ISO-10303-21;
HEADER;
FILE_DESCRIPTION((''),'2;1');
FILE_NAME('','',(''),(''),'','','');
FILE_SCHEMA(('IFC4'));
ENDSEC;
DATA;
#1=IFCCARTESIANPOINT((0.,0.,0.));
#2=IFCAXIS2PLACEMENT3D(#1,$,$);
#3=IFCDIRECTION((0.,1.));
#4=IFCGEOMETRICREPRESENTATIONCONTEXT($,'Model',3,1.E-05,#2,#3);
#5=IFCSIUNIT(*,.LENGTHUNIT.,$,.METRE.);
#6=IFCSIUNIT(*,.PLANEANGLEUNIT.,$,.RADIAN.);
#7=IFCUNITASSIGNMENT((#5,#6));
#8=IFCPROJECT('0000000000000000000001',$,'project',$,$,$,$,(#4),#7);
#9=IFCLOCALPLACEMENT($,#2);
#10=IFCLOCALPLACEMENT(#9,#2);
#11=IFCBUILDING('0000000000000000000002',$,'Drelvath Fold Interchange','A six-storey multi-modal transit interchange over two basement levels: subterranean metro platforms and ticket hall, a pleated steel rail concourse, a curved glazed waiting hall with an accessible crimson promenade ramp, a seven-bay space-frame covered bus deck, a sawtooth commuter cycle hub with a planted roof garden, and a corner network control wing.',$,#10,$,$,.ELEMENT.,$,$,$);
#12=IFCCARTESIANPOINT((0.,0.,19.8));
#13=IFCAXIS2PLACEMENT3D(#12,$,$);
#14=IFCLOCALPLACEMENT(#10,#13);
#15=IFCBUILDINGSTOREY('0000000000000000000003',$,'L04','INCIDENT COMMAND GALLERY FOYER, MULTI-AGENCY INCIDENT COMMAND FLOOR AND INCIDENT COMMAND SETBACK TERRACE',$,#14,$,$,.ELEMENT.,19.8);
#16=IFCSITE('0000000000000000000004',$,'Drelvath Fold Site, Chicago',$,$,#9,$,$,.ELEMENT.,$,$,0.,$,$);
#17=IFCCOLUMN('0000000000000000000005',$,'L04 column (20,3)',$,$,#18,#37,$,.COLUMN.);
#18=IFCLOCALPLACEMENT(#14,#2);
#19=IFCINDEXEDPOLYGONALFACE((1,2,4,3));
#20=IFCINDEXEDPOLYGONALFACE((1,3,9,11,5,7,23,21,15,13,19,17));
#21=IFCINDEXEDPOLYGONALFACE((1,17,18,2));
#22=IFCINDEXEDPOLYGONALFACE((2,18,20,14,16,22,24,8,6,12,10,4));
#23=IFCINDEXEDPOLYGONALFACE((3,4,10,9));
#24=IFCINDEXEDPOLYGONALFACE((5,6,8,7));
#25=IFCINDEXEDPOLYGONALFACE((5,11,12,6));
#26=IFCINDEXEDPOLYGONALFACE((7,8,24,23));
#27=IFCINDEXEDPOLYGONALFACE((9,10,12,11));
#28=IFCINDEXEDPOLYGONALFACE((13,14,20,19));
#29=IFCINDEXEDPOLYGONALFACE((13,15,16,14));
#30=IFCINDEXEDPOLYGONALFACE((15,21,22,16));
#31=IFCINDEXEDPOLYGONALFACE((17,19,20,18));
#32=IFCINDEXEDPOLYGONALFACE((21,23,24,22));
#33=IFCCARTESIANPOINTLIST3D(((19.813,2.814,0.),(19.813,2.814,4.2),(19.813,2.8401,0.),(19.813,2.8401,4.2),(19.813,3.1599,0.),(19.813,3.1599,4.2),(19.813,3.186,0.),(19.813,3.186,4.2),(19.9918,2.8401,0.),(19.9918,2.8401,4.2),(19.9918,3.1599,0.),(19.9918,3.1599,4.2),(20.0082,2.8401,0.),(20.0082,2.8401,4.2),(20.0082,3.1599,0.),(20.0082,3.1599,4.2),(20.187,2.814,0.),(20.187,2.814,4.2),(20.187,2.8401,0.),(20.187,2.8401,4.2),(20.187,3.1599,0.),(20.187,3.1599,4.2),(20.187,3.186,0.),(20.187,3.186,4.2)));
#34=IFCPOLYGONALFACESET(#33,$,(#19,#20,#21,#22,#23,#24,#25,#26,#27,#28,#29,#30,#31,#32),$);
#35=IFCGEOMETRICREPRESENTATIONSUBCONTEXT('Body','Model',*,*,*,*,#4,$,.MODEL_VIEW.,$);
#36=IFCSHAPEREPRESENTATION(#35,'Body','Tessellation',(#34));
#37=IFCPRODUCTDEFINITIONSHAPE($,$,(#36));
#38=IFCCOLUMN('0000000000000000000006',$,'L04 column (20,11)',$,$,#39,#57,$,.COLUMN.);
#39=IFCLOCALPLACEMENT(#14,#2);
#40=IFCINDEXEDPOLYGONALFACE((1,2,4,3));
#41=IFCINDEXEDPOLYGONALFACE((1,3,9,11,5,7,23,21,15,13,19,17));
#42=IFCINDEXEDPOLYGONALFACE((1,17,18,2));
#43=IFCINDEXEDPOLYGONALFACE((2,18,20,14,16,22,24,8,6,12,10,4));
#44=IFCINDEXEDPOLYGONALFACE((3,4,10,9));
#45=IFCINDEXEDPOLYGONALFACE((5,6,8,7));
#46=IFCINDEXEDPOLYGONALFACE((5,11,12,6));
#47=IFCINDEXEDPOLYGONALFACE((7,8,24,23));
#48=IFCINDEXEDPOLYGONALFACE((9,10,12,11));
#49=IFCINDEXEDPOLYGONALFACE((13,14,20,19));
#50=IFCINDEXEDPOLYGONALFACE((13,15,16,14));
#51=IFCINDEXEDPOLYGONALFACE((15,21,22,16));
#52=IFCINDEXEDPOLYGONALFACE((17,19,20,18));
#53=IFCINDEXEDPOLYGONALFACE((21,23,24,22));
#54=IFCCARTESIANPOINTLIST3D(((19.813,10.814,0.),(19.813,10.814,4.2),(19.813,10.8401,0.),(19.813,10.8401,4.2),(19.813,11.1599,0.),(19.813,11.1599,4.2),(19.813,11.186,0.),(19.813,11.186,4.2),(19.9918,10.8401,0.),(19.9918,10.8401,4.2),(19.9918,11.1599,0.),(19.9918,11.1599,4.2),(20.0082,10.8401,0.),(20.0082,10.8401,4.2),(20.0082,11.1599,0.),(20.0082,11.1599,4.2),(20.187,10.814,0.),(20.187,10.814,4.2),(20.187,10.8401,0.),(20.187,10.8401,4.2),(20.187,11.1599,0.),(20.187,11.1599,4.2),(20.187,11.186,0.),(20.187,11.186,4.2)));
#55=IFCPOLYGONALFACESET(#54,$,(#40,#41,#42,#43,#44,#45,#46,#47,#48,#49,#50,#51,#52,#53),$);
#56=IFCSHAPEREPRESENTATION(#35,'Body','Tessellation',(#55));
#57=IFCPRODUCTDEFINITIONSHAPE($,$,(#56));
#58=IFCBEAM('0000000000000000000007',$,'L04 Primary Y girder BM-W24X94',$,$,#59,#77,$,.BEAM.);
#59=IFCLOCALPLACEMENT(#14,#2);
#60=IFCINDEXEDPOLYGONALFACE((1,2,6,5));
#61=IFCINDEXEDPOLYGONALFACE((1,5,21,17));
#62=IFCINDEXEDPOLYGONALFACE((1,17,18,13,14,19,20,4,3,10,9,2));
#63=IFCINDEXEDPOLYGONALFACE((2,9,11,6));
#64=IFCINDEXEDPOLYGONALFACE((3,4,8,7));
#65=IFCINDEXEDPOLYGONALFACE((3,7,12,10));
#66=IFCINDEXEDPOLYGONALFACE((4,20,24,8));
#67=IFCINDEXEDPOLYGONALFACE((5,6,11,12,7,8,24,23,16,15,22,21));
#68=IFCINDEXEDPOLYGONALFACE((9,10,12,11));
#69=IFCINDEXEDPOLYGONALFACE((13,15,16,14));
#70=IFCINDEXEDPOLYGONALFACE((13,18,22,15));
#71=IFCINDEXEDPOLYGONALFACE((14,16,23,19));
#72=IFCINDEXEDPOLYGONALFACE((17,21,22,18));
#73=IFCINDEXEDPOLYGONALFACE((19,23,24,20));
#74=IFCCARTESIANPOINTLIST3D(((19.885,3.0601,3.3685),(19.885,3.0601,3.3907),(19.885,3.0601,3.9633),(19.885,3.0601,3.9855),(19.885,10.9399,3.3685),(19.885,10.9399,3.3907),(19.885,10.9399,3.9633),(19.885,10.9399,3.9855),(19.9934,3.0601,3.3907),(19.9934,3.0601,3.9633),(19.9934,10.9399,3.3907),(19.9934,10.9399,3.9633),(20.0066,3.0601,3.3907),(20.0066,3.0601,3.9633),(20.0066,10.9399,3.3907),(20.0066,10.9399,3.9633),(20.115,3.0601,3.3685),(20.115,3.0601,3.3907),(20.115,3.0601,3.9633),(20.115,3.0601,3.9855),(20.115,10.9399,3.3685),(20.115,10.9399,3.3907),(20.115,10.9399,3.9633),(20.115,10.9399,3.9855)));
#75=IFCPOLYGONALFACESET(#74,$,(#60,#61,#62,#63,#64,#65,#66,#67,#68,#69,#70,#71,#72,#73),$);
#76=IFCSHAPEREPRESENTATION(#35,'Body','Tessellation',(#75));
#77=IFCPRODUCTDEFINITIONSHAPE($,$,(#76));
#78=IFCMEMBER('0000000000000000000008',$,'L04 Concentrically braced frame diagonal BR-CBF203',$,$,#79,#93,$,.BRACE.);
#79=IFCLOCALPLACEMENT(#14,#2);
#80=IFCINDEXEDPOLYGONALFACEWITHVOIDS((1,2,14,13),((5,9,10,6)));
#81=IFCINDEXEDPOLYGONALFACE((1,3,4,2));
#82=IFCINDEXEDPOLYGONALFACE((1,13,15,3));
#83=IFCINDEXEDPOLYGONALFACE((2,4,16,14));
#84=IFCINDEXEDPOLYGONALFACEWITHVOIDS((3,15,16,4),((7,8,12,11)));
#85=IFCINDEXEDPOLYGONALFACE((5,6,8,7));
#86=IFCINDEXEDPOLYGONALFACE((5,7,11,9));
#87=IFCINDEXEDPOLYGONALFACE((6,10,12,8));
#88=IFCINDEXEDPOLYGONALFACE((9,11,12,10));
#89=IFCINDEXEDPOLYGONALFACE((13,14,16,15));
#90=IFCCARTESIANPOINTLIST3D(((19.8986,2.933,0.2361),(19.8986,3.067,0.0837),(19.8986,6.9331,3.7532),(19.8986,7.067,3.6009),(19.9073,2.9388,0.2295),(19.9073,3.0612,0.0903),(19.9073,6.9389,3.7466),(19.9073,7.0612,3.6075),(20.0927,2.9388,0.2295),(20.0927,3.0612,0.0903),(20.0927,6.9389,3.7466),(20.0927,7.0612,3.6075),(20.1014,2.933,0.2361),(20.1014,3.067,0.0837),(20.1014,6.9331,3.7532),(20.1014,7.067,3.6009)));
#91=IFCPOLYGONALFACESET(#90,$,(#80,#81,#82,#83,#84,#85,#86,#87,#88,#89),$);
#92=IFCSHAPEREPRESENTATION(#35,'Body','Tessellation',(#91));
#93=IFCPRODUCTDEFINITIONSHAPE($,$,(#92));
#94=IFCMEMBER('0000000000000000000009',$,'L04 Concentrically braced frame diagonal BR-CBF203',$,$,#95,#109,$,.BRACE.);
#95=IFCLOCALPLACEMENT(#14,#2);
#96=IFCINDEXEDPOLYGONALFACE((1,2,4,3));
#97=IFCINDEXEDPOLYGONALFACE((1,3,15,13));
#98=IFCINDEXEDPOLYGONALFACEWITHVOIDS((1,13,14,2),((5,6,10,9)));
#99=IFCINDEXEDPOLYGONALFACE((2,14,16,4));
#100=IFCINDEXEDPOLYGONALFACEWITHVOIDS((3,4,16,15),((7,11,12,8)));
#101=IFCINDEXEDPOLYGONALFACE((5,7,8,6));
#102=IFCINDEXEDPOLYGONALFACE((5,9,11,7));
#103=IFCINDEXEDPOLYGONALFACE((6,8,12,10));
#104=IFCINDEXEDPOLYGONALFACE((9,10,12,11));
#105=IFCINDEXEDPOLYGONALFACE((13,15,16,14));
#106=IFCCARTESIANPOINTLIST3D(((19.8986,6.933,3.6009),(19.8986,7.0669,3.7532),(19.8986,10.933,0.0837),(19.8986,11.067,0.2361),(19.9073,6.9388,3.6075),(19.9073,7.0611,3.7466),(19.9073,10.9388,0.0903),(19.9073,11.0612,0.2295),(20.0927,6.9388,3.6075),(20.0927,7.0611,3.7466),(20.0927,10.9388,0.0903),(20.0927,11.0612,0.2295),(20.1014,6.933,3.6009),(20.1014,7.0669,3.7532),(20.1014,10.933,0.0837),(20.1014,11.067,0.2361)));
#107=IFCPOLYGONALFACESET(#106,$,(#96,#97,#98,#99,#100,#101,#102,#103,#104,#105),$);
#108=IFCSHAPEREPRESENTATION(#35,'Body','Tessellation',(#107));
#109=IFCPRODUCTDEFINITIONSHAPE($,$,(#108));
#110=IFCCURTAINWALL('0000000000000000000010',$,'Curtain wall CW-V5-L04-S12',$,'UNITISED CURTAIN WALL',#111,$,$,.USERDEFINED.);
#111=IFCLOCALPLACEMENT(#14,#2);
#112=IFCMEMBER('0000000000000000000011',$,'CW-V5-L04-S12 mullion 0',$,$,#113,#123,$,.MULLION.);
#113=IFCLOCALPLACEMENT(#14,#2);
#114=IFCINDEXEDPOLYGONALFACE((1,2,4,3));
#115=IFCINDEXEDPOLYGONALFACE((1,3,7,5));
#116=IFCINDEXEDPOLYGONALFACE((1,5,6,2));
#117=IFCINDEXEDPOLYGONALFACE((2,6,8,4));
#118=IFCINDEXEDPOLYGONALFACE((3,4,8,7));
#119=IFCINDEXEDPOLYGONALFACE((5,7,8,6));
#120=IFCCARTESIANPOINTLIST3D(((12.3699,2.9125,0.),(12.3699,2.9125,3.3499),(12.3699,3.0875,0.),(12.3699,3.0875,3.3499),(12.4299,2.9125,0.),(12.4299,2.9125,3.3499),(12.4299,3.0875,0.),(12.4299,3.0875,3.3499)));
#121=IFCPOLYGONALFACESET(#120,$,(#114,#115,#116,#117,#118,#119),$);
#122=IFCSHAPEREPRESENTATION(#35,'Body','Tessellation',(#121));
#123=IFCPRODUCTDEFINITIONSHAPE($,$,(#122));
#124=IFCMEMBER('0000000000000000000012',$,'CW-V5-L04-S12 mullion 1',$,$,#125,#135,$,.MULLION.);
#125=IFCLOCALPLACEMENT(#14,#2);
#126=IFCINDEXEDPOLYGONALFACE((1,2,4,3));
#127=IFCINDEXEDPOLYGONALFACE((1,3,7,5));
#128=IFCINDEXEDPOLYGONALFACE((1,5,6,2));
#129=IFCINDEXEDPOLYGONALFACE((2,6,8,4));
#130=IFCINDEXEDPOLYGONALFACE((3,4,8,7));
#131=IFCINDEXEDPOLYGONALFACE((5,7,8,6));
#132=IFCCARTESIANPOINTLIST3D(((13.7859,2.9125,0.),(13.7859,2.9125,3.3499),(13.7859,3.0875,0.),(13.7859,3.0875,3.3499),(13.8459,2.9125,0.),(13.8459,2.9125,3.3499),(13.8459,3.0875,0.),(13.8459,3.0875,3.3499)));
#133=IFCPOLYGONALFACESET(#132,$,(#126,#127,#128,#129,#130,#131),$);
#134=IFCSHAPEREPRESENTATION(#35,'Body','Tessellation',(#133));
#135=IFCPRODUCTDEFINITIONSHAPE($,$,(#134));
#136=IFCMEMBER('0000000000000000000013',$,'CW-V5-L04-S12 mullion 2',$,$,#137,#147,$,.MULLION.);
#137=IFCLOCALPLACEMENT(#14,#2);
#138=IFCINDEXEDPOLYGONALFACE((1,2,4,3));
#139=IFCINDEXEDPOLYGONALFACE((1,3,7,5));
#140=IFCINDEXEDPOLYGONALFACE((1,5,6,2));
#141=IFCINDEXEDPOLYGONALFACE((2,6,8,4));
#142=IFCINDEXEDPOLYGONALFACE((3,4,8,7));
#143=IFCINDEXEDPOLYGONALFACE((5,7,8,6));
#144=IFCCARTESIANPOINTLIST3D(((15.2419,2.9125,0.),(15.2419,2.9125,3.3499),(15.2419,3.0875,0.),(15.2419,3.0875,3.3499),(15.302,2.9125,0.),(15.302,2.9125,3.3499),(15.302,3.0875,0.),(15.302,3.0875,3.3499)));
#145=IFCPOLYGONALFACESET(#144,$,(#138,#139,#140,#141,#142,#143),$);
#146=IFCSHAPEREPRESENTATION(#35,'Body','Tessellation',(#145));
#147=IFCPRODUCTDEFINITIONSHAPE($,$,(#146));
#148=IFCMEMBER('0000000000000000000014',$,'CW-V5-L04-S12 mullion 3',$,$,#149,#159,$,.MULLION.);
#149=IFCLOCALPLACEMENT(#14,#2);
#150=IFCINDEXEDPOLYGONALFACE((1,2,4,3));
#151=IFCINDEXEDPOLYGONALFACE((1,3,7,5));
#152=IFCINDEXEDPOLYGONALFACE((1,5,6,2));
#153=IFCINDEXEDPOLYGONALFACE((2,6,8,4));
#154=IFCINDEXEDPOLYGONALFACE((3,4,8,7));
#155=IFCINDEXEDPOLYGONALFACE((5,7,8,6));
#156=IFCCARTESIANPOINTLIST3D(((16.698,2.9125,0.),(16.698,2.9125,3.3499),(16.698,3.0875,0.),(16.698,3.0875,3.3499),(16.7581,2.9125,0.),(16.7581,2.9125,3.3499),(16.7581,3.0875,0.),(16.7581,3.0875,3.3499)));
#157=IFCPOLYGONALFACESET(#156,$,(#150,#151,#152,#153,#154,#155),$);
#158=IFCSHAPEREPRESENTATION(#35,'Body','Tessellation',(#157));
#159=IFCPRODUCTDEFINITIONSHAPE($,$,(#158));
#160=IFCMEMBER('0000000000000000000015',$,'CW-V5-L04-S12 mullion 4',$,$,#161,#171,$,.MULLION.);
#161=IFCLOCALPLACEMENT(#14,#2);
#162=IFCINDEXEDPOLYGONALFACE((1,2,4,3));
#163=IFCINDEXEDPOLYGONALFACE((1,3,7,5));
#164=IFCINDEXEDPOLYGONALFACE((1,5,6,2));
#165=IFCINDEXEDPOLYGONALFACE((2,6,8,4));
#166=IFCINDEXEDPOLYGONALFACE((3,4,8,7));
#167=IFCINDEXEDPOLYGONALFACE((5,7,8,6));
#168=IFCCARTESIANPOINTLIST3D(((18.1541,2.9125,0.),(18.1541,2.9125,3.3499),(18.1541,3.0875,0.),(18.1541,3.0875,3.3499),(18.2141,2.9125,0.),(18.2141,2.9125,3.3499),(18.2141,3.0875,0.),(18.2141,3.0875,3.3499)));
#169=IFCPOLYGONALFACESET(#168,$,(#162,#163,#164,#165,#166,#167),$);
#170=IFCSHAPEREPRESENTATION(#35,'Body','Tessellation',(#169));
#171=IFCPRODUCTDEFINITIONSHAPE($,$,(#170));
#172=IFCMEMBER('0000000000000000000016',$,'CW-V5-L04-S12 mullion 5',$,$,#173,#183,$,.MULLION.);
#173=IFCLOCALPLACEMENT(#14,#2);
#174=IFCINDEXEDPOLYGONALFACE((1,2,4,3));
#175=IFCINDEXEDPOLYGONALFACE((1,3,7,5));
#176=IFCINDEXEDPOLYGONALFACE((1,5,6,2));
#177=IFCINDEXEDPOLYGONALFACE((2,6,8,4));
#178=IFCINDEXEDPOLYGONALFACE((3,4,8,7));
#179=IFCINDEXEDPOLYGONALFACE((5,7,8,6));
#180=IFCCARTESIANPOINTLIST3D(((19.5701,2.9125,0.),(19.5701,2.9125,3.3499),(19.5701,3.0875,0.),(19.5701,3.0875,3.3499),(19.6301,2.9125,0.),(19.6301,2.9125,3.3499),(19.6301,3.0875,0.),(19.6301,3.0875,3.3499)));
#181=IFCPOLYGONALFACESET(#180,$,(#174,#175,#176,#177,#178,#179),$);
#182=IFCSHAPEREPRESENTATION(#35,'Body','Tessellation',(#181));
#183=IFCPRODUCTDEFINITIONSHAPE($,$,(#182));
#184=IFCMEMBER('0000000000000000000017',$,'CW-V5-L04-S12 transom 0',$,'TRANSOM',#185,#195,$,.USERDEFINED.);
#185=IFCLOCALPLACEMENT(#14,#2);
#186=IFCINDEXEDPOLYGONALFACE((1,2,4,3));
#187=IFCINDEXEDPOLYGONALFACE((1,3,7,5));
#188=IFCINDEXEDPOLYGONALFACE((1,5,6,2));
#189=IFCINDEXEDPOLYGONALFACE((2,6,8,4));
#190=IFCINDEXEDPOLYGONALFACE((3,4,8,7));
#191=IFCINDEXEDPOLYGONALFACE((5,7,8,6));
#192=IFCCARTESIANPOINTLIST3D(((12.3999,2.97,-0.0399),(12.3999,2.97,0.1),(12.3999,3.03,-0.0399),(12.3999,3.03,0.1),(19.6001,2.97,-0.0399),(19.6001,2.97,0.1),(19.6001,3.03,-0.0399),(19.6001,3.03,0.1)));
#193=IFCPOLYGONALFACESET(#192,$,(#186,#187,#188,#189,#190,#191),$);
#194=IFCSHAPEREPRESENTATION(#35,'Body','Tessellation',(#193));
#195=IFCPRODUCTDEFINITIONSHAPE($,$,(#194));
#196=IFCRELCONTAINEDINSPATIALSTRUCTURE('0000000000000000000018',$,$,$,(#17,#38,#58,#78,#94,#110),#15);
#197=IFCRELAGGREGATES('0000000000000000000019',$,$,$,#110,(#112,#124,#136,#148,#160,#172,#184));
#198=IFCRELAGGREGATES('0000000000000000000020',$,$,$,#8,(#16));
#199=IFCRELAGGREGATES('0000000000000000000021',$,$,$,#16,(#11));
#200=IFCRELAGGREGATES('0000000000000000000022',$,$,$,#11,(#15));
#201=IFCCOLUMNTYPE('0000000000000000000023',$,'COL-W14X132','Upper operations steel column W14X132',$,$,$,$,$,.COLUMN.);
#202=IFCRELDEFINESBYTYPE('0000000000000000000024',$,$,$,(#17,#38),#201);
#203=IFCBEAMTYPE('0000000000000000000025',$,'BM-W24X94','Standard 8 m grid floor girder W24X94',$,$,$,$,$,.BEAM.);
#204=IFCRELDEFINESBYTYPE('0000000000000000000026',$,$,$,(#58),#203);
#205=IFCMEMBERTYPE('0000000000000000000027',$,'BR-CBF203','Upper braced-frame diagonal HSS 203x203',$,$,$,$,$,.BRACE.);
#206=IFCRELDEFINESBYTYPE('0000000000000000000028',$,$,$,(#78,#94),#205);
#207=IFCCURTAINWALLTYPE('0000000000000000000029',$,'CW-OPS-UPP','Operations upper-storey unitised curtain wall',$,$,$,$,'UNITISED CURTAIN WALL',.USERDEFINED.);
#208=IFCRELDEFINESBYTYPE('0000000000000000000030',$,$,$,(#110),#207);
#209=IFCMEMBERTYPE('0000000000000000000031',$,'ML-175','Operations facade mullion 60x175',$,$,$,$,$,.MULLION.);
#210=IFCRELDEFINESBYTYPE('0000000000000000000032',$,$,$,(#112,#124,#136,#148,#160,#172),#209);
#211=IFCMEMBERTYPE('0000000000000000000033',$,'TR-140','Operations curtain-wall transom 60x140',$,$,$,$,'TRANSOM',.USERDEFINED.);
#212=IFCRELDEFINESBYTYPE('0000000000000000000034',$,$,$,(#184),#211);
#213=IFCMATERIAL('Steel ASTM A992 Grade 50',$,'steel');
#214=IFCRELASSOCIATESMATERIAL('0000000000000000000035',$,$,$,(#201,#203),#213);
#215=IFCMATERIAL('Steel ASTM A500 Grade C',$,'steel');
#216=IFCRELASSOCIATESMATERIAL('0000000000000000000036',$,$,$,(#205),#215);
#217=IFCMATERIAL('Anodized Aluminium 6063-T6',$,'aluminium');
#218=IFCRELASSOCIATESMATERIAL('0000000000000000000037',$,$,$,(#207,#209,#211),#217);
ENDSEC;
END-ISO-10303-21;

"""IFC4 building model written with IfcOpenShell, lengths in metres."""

from ifc_helpers import new_model, si_unit, direction, frame, origin, origin_2d, place, context, subcontext, project, spatial, rectangle, hollow_rectangle, i_section, extrude, material, material_profile, profile_set, type_object, element, aggregate, save


model = new_model("IFC4")

# Units and contexts
model_context = context("Model", 3, precision=1e-05, world=origin(), true_north=direction((0.0, 1.0)))
body_context = subcontext(model_context, "Body", "Model", "MODEL_VIEW")
ifc_project = project(units=[si_unit("LENGTHUNIT", "METRE"), si_unit("PLANEANGLEUNIT", "RADIAN")], contexts=[model_context])

# Site, building, storey
site_placement = place(None, origin())
site = spatial("IfcSite", under=ifc_project, at=site_placement, Name="Drelvath Fold Site, Chicago", CompositionType="ELEMENT", RefElevation=0.0)
building_placement = place(site_placement, origin())
building = spatial("IfcBuilding", under=site, at=building_placement, Name="Drelvath Fold Interchange", Description="A six-storey multi-modal transit interchange over two basement levels: subterranean metro platforms and ticket hall, a pleated steel rail concourse, a curved glazed waiting hall with an accessible crimson promenade ramp, a seven-bay space-frame covered bus deck, a sawtooth commuter cycle hub with a planted roof garden, and a corner network control wing.", CompositionType="ELEMENT")
storey_placement = place(building_placement, frame((0.0, 0.0, 19.8)))
storey = spatial("IfcBuildingStorey", under=building, at=storey_placement, Name="L04", Description="INCIDENT COMMAND GALLERY FOYER, MULTI-AGENCY INCIDENT COMMAND FLOOR AND INCIDENT COMMAND SETBACK TERRACE", CompositionType="ELEMENT", Elevation=19.8)

# Columns
ifc_material_1 = material(Name="Steel ASTM A992 Grade 50", Category="steel")
ifc_material_profile_1 = material_profile(ifc_material_1, i_section(OverallWidth=0.374, OverallDepth=0.3721, WebThickness=0.0164, FlangeThickness=0.0261, at=origin_2d()), Name="W14X132")
ifc_profile_set_1 = profile_set([ifc_material_profile_1], Name="Steel ASTM A992 Grade 50")
column_type = type_object("IfcColumnType", Name="COL-W14X132", Description="Upper operations steel column W14X132", PredefinedType="COLUMN", material=ifc_profile_set_1)
for number, where, z_axis, x_axis, name in (
    (1, (20.0, 3.0, 0.0), (0.0, 0.0, 1.0), (1.0, 0.0, 0.0), "L04 column (20,3)"),
    (2, (20.0, 11.0, 0.0), (0.0, 0.0, 1.0), (1.0, 0.0, 0.0), "L04 column (20,11)"),
):
    element("IfcColumn", number, at=place(storey_placement, frame(where, z_axis=z_axis, x_axis=x_axis)), inside=storey, type_object=column_type, Name=name, PredefinedType="COLUMN", context=body_context, shape_type="SweptSolid", body=[
        extrude(i_section(OverallWidth=0.374, OverallDepth=0.3721, WebThickness=0.0164, FlangeThickness=0.0261, at=origin_2d()), origin(), (0.0, 0.0, 1.0), 4.2),
    ])

# Beam
ifc_material_profile_2 = material_profile(ifc_material_1, i_section(OverallWidth=0.23, OverallDepth=0.6169, WebThickness=0.0132, FlangeThickness=0.0222, at=origin_2d()), Name="W24X94")
ifc_profile_set_2 = profile_set([ifc_material_profile_2], Name="Steel ASTM A992 Grade 50")
beam_type = type_object("IfcBeamType", Name="BM-W24X94", Description="Standard 8 m grid floor girder W24X94", PredefinedType="BEAM", material=ifc_profile_set_2)
beam_placement = place(storey_placement, frame((20.0, 3.0601, 3.677), z_axis=(0.0, 1.0, 0.0), x_axis=(-1.0, 0.0, 0.0)))
element("IfcBeam", 3, at=beam_placement, inside=storey, type_object=beam_type, Name="L04 Primary Y girder BM-W24X94", PredefinedType="BEAM", context=body_context, shape_type="SweptSolid", body=[
    extrude(i_section(OverallWidth=0.23, OverallDepth=0.6169, WebThickness=0.0132, FlangeThickness=0.0222, at=origin_2d()), origin(), (0.0, 0.0, 1.0), 7.8799),
])

# Members
ifc_material_2 = material(Name="Steel ASTM A500 Grade C", Category="steel")
ifc_material_profile_3 = material_profile(ifc_material_2, hollow_rectangle(XDim=0.2029, YDim=0.2029, WallThickness=0.0088, at=origin_2d()), Name="HSS8X8X3/8")
ifc_profile_set_3 = profile_set([ifc_material_profile_3], Name="Steel ASTM A500 Grade C")
member_type_1 = type_object("IfcMemberType", Name="BR-CBF203", Description="Upper braced-frame diagonal HSS 203x203", PredefinedType="BRACE", material=ifc_profile_set_3)
for number, where, z_axis, x_axis, name in (
    (4, (20.0, 3.0, 0.1599), (0.0, 0.750984, 0.66032), (-1.0, 0.0, 0.0), "L04 Concentrically braced frame diagonal BR-CBF203"),
    (5, (20.0, 11.0, 0.1599), (0.0, -0.750984, 0.66032), (1.0, 0.0, 0.0), "L04 Concentrically braced frame diagonal BR-CBF203"),
):
    element("IfcMember", number, at=place(storey_placement, frame(where, z_axis=z_axis, x_axis=x_axis)), inside=storey, type_object=member_type_1, Name=name, PredefinedType="BRACE", context=body_context, shape_type="SweptSolid", body=[
        extrude(hollow_rectangle(XDim=0.2029, YDim=0.2029, WallThickness=0.0088, at=origin_2d()), origin(), (0.0, 0.0, 1.0), 5.3264),
    ])

# Curtain wall, members
ifc_material_3 = material(Name="Anodized Aluminium 6063-T6", Category="aluminium")
curtain_wall_type = type_object("IfcCurtainWallType", Name="CW-OPS-UPP", Description="Operations upper-storey unitised curtain wall", ElementType="UNITISED CURTAIN WALL", PredefinedType="USERDEFINED", material=ifc_material_3)
curtain_wall_placement = place(storey_placement, origin())
curtain_wall = element("IfcCurtainWall", 6, at=curtain_wall_placement, inside=storey, type_object=curtain_wall_type, Name="Curtain wall CW-V5-L04-S12", ObjectType="UNITISED CURTAIN WALL", PredefinedType="USERDEFINED")
ifc_material_profile_4 = material_profile(ifc_material_3, rectangle(XDim=0.0601, YDim=0.175, at=origin_2d()), Name="AL-M 60x175")
ifc_profile_set_4 = profile_set([ifc_material_profile_4], Name="Anodized Aluminium 6063-T6")
member_type_2 = type_object("IfcMemberType", Name="ML-175", Description="Operations facade mullion 60x175", PredefinedType="MULLION", material=ifc_profile_set_4)
member_1_placement = place(storey_placement, frame((12.3999, 3.0, 0.0), z_axis=(0.0, 0.0, 1.0), x_axis=(1.0, 0.0, 0.0)))
member_1 = element("IfcMember", 7, at=member_1_placement, type_object=member_type_2, Name="CW-V5-L04-S12 mullion 0", PredefinedType="MULLION", context=body_context, shape_type="SweptSolid", body=[
    extrude(rectangle(XDim=0.0601, YDim=0.175, at=origin_2d()), origin(), (0.0, 0.0, 1.0), 3.3499),
])
member_2_placement = place(storey_placement, frame((13.8159, 3.0, 0.0), z_axis=(0.0, 0.0, 1.0), x_axis=(1.0, 0.0, 0.0)))
member_2 = element("IfcMember", 8, at=member_2_placement, type_object=member_type_2, Name="CW-V5-L04-S12 mullion 1", PredefinedType="MULLION", context=body_context, shape_type="SweptSolid", body=[
    extrude(rectangle(XDim=0.0601, YDim=0.175, at=origin_2d()), origin(), (0.0, 0.0, 1.0), 3.3499),
])
member_3_placement = place(storey_placement, frame((15.272, 3.0, 0.0), z_axis=(0.0, 0.0, 1.0), x_axis=(1.0, 0.0, 0.0)))
member_3 = element("IfcMember", 9, at=member_3_placement, type_object=member_type_2, Name="CW-V5-L04-S12 mullion 2", PredefinedType="MULLION", context=body_context, shape_type="SweptSolid", body=[
    extrude(rectangle(XDim=0.0601, YDim=0.175, at=origin_2d()), origin(), (0.0, 0.0, 1.0), 3.3499),
])
member_4_placement = place(storey_placement, frame((16.728, 3.0, 0.0), z_axis=(0.0, 0.0, 1.0), x_axis=(1.0, 0.0, 0.0)))
member_4 = element("IfcMember", 10, at=member_4_placement, type_object=member_type_2, Name="CW-V5-L04-S12 mullion 3", PredefinedType="MULLION", context=body_context, shape_type="SweptSolid", body=[
    extrude(rectangle(XDim=0.0601, YDim=0.175, at=origin_2d()), origin(), (0.0, 0.0, 1.0), 3.3499),
])
member_5_placement = place(storey_placement, frame((18.1841, 3.0, 0.0), z_axis=(0.0, 0.0, 1.0), x_axis=(1.0, 0.0, 0.0)))
member_5 = element("IfcMember", 11, at=member_5_placement, type_object=member_type_2, Name="CW-V5-L04-S12 mullion 4", PredefinedType="MULLION", context=body_context, shape_type="SweptSolid", body=[
    extrude(rectangle(XDim=0.0601, YDim=0.175, at=origin_2d()), origin(), (0.0, 0.0, 1.0), 3.3499),
])
member_6_placement = place(storey_placement, frame((19.6001, 3.0, 0.0), z_axis=(0.0, 0.0, 1.0), x_axis=(1.0, 0.0, 0.0)))
member_6 = element("IfcMember", 12, at=member_6_placement, type_object=member_type_2, Name="CW-V5-L04-S12 mullion 5", PredefinedType="MULLION", context=body_context, shape_type="SweptSolid", body=[
    extrude(rectangle(XDim=0.0601, YDim=0.175, at=origin_2d()), origin(), (0.0, 0.0, 1.0), 3.3499),
])
ifc_material_profile_5 = material_profile(ifc_material_3, rectangle(XDim=0.0601, YDim=0.1399, at=origin_2d()), Name="AL-T 60x140")
ifc_profile_set_5 = profile_set([ifc_material_profile_5], Name="Anodized Aluminium 6063-T6")
member_type_3 = type_object("IfcMemberType", Name="TR-140", Description="Operations curtain-wall transom 60x140", ElementType="TRANSOM", PredefinedType="USERDEFINED", material=ifc_profile_set_5)
member_7_placement = place(storey_placement, frame((12.3999, 3.0, 0.03), z_axis=(1.0, 0.0, 0.0), x_axis=(0.0, 1.0, 0.0)))
member_7 = element("IfcMember", 13, at=member_7_placement, type_object=member_type_3, Name="CW-V5-L04-S12 transom 0", ObjectType="TRANSOM", PredefinedType="USERDEFINED", context=body_context, shape_type="SweptSolid", body=[
    extrude(rectangle(XDim=0.0601, YDim=0.1399, at=origin_2d()), origin(), (0.0, 0.0, 1.0), 7.2002),
])
aggregate(curtain_wall, [member_1, member_2, member_3, member_4, member_5, member_6, member_7])

save(model, "model.ifc")
